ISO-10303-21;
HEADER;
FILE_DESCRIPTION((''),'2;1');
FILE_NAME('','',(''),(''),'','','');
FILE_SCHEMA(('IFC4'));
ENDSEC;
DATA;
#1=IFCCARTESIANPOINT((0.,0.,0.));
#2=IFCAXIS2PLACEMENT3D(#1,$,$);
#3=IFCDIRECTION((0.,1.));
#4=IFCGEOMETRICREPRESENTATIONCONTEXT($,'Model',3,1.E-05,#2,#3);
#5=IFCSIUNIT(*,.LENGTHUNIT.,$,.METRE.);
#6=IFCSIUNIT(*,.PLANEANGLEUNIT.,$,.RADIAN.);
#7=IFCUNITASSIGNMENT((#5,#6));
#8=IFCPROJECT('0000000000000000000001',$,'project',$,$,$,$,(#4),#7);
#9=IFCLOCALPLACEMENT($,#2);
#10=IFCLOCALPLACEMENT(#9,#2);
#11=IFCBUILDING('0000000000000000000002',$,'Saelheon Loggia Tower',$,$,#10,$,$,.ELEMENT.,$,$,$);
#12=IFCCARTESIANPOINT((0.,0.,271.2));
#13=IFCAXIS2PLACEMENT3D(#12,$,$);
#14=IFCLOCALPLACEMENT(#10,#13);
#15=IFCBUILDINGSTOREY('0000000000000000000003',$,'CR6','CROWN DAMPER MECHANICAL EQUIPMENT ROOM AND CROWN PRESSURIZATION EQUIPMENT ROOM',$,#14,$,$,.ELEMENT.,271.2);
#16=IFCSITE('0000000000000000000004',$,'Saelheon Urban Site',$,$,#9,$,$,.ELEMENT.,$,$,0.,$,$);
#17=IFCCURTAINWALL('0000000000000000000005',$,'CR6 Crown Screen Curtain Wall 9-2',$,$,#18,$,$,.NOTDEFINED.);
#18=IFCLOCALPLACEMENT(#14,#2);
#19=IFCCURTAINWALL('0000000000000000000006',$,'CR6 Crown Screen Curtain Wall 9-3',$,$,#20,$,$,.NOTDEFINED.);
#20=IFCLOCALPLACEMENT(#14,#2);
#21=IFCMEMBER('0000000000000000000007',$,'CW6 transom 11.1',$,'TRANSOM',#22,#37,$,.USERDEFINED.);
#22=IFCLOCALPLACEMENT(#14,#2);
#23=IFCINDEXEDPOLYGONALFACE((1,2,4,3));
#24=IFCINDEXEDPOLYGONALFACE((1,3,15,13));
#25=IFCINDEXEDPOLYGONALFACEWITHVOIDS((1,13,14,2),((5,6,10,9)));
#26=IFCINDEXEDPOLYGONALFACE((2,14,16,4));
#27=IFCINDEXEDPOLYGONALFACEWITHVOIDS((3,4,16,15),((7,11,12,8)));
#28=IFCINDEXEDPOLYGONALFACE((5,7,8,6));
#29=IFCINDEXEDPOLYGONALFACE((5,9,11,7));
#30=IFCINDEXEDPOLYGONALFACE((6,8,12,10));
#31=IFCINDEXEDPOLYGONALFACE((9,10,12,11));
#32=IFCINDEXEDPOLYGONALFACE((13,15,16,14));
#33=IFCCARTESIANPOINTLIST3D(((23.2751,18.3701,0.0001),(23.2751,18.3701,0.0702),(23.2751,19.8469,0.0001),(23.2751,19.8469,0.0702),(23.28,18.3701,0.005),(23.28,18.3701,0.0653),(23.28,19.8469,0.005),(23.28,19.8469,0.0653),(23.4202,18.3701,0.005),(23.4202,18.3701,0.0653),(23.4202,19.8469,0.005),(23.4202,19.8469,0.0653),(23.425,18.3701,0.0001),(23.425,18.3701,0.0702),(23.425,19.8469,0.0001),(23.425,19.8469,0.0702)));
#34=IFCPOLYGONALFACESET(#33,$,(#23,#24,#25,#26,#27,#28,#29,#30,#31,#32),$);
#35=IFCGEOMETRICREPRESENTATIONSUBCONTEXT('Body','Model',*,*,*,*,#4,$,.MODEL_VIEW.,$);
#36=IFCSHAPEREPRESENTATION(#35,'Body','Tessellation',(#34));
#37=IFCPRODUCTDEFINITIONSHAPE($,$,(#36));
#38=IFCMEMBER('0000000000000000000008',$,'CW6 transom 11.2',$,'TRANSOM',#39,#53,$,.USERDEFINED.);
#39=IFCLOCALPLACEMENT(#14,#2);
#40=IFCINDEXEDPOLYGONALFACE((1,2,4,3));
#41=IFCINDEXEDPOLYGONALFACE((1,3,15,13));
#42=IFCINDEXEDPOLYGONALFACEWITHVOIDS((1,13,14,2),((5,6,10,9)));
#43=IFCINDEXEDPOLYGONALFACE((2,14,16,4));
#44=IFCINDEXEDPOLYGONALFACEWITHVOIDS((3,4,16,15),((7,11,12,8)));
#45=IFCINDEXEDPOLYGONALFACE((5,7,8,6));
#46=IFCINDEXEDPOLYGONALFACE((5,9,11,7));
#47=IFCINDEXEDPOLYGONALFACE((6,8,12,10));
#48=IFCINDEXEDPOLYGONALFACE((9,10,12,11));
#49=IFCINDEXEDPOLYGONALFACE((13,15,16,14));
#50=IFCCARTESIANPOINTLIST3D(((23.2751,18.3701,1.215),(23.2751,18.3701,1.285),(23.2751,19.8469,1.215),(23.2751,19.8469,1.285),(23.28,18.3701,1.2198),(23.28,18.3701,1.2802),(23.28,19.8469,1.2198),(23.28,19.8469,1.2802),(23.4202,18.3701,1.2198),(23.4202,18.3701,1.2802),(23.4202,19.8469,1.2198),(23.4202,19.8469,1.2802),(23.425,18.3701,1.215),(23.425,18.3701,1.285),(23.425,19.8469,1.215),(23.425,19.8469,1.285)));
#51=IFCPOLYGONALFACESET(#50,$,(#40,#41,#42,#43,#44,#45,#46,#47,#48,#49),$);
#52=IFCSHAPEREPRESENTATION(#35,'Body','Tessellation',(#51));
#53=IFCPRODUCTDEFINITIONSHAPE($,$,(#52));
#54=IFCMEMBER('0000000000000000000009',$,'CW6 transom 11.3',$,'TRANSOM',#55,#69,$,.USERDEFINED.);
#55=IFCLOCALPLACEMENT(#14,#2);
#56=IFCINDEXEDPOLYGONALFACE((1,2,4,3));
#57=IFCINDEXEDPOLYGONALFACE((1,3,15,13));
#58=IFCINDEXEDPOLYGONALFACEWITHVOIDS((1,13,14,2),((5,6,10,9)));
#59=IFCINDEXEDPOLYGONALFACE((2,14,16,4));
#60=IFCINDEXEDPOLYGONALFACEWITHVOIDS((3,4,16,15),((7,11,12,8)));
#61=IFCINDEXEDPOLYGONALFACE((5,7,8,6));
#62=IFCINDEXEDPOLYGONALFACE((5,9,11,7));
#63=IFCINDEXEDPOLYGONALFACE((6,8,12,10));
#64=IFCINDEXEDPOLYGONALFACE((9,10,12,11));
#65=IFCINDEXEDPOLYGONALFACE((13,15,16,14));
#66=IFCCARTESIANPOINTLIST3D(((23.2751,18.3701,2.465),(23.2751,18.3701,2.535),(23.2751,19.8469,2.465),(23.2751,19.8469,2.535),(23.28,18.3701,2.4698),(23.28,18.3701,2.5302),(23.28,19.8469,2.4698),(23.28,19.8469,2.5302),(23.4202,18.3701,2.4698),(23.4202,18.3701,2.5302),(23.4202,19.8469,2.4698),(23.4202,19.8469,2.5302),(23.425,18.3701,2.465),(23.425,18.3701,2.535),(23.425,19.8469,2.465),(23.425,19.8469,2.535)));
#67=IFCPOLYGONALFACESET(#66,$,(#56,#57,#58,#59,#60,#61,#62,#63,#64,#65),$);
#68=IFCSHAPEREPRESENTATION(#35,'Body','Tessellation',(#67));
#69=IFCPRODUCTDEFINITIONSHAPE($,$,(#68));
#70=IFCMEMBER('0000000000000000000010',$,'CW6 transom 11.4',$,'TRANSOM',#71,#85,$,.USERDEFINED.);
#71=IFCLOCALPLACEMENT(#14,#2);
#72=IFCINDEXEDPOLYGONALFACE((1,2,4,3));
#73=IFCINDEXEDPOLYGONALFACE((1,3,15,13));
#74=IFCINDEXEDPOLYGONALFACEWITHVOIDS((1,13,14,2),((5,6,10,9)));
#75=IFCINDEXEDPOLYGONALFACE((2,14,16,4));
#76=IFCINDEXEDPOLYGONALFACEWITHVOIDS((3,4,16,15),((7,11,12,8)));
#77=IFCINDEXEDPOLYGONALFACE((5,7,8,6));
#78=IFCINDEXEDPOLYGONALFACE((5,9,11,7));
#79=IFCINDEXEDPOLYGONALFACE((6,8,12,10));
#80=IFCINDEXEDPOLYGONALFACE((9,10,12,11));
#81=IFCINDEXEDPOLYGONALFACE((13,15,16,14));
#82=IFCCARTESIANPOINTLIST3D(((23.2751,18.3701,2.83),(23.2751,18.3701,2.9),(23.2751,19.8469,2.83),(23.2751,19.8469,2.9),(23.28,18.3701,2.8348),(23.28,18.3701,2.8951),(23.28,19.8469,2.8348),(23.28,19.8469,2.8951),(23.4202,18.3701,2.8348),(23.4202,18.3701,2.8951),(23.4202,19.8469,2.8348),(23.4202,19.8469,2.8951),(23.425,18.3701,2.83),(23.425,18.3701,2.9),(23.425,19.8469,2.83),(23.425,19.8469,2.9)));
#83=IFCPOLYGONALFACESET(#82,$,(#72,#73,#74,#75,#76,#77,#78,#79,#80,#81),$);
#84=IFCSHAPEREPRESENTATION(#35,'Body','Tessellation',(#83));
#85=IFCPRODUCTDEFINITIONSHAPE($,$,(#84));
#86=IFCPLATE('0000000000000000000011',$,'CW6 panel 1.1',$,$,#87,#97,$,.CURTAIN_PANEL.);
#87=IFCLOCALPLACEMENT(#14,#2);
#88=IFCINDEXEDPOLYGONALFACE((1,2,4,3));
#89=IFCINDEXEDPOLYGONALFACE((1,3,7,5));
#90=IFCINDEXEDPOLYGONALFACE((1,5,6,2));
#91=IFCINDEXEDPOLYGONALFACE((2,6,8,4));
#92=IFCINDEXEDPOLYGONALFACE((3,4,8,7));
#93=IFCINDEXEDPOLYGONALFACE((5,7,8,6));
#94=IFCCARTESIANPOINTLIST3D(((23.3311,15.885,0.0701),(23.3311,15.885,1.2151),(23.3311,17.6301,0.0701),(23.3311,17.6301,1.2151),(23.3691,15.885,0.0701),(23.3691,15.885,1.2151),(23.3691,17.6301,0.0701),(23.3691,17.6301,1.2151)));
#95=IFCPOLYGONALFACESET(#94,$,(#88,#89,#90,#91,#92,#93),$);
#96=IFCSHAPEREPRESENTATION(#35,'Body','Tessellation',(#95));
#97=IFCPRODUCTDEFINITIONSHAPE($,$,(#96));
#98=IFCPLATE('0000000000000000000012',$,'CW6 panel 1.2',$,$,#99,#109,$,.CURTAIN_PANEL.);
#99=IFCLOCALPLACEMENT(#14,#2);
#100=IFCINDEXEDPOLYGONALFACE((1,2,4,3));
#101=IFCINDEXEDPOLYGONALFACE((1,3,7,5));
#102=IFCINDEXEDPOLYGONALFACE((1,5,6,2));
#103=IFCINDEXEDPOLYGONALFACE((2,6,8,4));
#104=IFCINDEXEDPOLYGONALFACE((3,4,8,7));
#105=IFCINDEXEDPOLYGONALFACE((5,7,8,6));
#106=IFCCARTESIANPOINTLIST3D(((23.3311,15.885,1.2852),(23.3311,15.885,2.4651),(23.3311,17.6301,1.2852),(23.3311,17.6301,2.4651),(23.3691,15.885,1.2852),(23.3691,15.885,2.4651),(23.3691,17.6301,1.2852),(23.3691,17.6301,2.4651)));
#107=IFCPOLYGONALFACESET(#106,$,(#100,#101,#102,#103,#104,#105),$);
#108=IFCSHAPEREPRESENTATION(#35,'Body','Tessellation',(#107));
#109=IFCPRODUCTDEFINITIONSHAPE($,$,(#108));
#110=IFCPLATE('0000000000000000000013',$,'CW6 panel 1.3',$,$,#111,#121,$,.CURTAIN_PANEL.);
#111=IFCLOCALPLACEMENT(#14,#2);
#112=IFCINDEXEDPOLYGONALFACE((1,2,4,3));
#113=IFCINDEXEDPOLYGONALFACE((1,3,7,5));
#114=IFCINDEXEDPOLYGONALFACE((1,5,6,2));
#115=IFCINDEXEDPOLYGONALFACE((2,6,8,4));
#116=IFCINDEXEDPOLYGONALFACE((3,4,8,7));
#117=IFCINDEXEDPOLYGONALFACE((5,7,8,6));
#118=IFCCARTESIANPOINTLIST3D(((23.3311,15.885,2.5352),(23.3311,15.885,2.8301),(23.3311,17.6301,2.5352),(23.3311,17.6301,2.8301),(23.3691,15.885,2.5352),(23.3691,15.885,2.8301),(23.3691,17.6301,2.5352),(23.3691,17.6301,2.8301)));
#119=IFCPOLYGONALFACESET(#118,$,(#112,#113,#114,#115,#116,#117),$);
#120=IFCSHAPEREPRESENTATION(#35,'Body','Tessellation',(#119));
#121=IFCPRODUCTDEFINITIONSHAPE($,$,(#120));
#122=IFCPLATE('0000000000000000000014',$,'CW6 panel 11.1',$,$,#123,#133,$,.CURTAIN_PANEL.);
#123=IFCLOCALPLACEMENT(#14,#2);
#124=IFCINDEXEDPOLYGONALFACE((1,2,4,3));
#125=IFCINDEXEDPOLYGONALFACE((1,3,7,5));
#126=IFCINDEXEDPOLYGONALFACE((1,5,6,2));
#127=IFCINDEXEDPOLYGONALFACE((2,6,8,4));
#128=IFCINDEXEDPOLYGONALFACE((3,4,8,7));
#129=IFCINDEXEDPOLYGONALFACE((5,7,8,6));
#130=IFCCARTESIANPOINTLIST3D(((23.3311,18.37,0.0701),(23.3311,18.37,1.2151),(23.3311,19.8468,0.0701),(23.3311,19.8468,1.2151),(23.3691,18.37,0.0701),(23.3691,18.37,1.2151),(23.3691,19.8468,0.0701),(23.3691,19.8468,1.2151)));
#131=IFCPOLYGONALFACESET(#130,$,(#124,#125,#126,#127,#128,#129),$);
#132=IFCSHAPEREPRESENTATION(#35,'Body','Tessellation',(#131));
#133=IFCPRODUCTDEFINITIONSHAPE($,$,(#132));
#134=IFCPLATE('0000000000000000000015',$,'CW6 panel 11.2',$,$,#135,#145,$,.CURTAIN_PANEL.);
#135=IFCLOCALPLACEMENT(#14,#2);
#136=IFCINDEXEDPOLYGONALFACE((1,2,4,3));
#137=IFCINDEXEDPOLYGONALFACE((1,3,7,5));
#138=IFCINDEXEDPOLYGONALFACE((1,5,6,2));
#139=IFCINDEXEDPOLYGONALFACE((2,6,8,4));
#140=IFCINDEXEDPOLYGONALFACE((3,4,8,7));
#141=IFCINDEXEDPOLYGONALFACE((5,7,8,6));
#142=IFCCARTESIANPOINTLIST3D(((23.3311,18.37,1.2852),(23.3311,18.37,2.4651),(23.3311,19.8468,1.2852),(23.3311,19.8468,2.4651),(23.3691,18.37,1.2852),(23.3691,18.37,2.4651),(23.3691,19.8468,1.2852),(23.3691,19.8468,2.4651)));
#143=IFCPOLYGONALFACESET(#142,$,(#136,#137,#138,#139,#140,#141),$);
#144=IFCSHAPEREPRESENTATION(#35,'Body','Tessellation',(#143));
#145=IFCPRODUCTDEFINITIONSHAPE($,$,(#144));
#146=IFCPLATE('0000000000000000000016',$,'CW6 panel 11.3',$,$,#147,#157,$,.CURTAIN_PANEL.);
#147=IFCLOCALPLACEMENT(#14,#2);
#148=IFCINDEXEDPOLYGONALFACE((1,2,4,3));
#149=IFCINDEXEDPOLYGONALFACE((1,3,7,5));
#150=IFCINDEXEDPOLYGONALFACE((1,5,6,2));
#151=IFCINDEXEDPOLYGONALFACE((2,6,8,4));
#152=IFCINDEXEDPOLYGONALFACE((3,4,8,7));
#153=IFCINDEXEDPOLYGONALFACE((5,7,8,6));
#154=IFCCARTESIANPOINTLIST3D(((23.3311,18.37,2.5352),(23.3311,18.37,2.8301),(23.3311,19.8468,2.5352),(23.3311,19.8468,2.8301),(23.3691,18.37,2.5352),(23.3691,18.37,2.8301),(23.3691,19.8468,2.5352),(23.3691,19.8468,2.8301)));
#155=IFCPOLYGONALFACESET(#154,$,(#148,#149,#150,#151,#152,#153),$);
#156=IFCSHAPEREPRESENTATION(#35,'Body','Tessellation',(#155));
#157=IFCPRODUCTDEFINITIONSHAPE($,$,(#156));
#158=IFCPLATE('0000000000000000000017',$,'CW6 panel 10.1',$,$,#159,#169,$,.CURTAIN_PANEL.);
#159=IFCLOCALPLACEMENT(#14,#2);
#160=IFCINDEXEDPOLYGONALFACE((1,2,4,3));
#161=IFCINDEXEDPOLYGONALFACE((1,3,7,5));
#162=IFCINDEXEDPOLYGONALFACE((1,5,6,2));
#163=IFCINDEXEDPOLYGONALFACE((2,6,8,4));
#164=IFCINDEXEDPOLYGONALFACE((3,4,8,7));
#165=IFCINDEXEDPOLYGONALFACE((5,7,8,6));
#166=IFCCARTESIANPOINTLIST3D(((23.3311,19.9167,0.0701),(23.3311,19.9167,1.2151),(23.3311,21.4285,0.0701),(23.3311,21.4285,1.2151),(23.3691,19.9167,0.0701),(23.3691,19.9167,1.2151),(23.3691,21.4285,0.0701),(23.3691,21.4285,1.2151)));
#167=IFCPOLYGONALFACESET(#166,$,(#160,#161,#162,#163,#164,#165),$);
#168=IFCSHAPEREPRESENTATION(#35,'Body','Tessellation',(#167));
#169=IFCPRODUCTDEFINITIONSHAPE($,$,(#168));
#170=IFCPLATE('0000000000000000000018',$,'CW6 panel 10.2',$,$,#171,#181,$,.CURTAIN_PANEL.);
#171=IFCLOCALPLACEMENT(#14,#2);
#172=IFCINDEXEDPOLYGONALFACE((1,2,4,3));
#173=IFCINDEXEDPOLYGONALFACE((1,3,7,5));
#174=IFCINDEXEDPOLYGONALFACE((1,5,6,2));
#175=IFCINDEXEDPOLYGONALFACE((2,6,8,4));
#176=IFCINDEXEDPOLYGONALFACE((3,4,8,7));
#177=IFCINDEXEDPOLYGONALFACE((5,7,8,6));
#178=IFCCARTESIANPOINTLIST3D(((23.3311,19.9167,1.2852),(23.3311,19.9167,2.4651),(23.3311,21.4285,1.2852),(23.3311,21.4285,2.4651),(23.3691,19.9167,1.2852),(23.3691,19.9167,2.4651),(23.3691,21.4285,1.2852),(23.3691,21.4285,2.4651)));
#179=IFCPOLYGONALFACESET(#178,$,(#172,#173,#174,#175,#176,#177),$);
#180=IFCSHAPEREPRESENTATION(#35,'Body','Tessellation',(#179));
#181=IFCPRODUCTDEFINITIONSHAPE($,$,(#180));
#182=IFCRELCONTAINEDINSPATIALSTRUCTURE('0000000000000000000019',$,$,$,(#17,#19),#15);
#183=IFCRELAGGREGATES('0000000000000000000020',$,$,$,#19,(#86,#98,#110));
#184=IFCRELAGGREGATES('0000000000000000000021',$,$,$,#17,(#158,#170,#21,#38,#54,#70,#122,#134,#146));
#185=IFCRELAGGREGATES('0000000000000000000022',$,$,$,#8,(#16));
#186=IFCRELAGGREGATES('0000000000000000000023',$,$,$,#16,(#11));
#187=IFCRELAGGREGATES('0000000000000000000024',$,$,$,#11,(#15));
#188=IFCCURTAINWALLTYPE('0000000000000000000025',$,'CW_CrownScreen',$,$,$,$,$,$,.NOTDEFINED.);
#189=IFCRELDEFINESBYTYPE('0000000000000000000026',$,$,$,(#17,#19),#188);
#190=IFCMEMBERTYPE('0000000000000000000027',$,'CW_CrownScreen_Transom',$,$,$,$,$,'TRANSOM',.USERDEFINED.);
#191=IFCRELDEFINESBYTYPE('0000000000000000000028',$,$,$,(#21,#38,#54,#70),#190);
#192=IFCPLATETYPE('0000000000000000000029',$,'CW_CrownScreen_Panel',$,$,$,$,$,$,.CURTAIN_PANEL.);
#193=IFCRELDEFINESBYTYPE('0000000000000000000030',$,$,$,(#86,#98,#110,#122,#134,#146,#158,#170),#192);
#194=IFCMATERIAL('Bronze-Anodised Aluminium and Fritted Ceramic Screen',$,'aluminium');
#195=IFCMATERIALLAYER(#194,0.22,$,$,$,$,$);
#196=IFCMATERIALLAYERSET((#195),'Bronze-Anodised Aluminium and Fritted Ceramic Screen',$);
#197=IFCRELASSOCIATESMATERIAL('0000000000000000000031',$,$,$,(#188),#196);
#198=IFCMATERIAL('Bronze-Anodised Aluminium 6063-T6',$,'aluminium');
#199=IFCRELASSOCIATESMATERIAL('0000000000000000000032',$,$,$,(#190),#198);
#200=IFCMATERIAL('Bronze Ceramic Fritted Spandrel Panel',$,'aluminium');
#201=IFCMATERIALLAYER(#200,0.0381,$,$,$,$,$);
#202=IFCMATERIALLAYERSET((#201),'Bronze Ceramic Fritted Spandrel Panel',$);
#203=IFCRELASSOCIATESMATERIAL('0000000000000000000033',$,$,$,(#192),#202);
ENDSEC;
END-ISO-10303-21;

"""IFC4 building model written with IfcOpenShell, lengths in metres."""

from ifc_helpers import new_model, si_unit, direction, frame, origin, origin_2d, place, context, subcontext, project, spatial, rectangle, hollow_rectangle, extrude, source, transform, mapped, material, layer, layer_set, material_profile, profile_set, type_object, element, aggregate, save


model = new_model("IFC4")

# Units and contexts
model_context = context("Model", 3, precision=1e-05, world=origin(), true_north=direction((0.0, 1.0)))
body_context = subcontext(model_context, "Body", "Model", "MODEL_VIEW")
ifc_project = project(units=[si_unit("LENGTHUNIT", "METRE"), si_unit("PLANEANGLEUNIT", "RADIAN")], contexts=[model_context])

# Site, building, storey
site_placement = place(None, origin())
site = spatial("IfcSite", under=ifc_project, at=site_placement, Name="Saelheon Urban Site", CompositionType="ELEMENT", RefElevation=0.0)
building_placement = place(site_placement, origin())
building = spatial("IfcBuilding", under=site, at=building_placement, Name="Saelheon Loggia Tower", CompositionType="ELEMENT")
storey_placement = place(building_placement, frame((0.0, 0.0, 271.2)))
storey = spatial("IfcBuildingStorey", under=building, at=storey_placement, Name="CR6", Description="CROWN DAMPER MECHANICAL EQUIPMENT ROOM AND CROWN PRESSURIZATION EQUIPMENT ROOM", CompositionType="ELEMENT", Elevation=271.2)

# Curtain walls
ifc_material_1 = material(Name="Bronze-Anodised Aluminium and Fritted Ceramic Screen", Category="aluminium")
ifc_layer_1 = layer(ifc_material_1, 0.22)
ifc_layer_set_1 = layer_set([ifc_layer_1], Name="Bronze-Anodised Aluminium and Fritted Ceramic Screen")
curtain_wall_type = type_object("IfcCurtainWallType", Name="CW_CrownScreen", PredefinedType="NOTDEFINED", material=ifc_layer_set_1)
curtain_wall_1_placement = place(storey_placement, origin())
curtain_wall_1 = element("IfcCurtainWall", 1, at=curtain_wall_1_placement, inside=storey, type_object=curtain_wall_type, Name="CR6 Crown Screen Curtain Wall 9-2", PredefinedType="NOTDEFINED")
ifc_material_2 = material(Name="Bronze-Anodised Aluminium 6063-T6", Category="aluminium")
curtain_wall_2_placement = place(storey_placement, origin())
curtain_wall_2 = element("IfcCurtainWall", 2, at=curtain_wall_2_placement, inside=storey, type_object=curtain_wall_type, Name="CR6 Crown Screen Curtain Wall 9-3", PredefinedType="NOTDEFINED")
ifc_material_profile_1 = material_profile(ifc_material_2, hollow_rectangle(XDim=0.0701, YDim=0.1499, WallThickness=0.0049, at=origin_2d()), Name="RHS-150x70x5")
ifc_profile_set_1 = profile_set([ifc_material_profile_1], Name="Bronze-Anodised Aluminium 6063-T6")
member_type_1 = type_object("IfcMemberType", Name="CW_CrownScreen_Transom", ElementType="TRANSOM", PredefinedType="USERDEFINED", material=ifc_profile_set_1)

# Members
shared_shape_1 = source(origin(), body_context, "Body", "SweptSolid", [
    extrude(hollow_rectangle(XDim=0.0701, YDim=0.1499, WallThickness=0.0049, at=origin_2d()), origin(), (0.0, 0.0, 1.0), 1.4768),
])
member_1_placement = place(storey_placement, frame((23.3501, 19.8469, 0.0352), z_axis=(0.0, -1.0, 0.0), x_axis=(0.0, 0.0, 1.0)))
member_1 = element("IfcMember", 3, at=member_1_placement, type_object=member_type_1, Name="CW6 transom 11.1", ObjectType="TRANSOM", PredefinedType="USERDEFINED", context=body_context, shape_type="MappedRepresentation", body=[
    mapped(shared_shape_1, transform((0.0, 0.0, 0.0), scale=1.0)),
])
member_2_placement = place(storey_placement, frame((23.3501, 19.8469, 1.25), z_axis=(0.0, -1.0, 0.0), x_axis=(0.0, 0.0, 1.0)))
member_2 = element("IfcMember", 4, at=member_2_placement, type_object=member_type_1, Name="CW6 transom 11.2", ObjectType="TRANSOM", PredefinedType="USERDEFINED", context=body_context, shape_type="MappedRepresentation", body=[
    mapped(shared_shape_1, transform((0.0, 0.0, 0.0), scale=1.0)),
])
member_3_placement = place(storey_placement, frame((23.3501, 19.8469, 2.5), z_axis=(0.0, -1.0, 0.0), x_axis=(0.0, 0.0, 1.0)))
member_3 = element("IfcMember", 5, at=member_3_placement, type_object=member_type_1, Name="CW6 transom 11.3", ObjectType="TRANSOM", PredefinedType="USERDEFINED", context=body_context, shape_type="MappedRepresentation", body=[
    mapped(shared_shape_1, transform((0.0, 0.0, 0.0), scale=1.0)),
])
member_4_placement = place(storey_placement, frame((23.3501, 19.8469, 2.865), z_axis=(0.0, -1.0, 0.0), x_axis=(0.0, 0.0, 1.0)))
member_4 = element("IfcMember", 6, at=member_4_placement, type_object=member_type_1, Name="CW6 transom 11.4", ObjectType="TRANSOM", PredefinedType="USERDEFINED", context=body_context, shape_type="MappedRepresentation", body=[
    mapped(shared_shape_1, transform((0.0, 0.0, 0.0), scale=1.0)),
])

# Plates
ifc_material_3 = material(Name="Bronze Ceramic Fritted Spandrel Panel", Category="aluminium")
ifc_layer_2 = layer(ifc_material_3, 0.0381)
ifc_layer_set_2 = layer_set([ifc_layer_2], Name="Bronze Ceramic Fritted Spandrel Panel")
plate_type = type_object("IfcPlateType", Name="CW_CrownScreen_Panel", PredefinedType="CURTAIN_PANEL", material=ifc_layer_set_2)
shared_shape_2 = source(origin(), body_context, "Body", "SweptSolid", [
    extrude(rectangle(XDim=1.7451, YDim=0.0381, at=origin_2d()), origin(), (0.0, 0.0, 1.0), 1.145),
])
plate_1_placement = place(storey_placement, frame((23.3501, 16.7576, 0.0701), z_axis=(0.0, 0.0, 1.0), x_axis=(0.0, -1.0, 0.0)))
plate_1 = element("IfcPlate", 7, at=plate_1_placement, type_object=plate_type, Name="CW6 panel 1.1", PredefinedType="CURTAIN_PANEL", context=body_context, shape_type="MappedRepresentation", body=[
    mapped(shared_shape_2, transform((0.0, 0.0, 0.0), scale=1.0)),
])
shared_shape_3 = source(origin(), body_context, "Body", "SweptSolid", [
    extrude(rectangle(XDim=1.7451, YDim=0.0381, at=origin_2d()), origin(), (0.0, 0.0, 1.0), 1.1799),
])
plate_2_placement = place(storey_placement, frame((23.3501, 16.7576, 1.2852), z_axis=(0.0, 0.0, 1.0), x_axis=(0.0, -1.0, 0.0)))
plate_2 = element("IfcPlate", 8, at=plate_2_placement, type_object=plate_type, Name="CW6 panel 1.2", PredefinedType="CURTAIN_PANEL", context=body_context, shape_type="MappedRepresentation", body=[
    mapped(shared_shape_3, transform((0.0, 0.0, 0.0), scale=1.0)),
])
shared_shape_4 = source(origin(), body_context, "Body", "SweptSolid", [
    extrude(rectangle(XDim=1.7451, YDim=0.0381, at=origin_2d()), origin(), (0.0, 0.0, 1.0), 0.2949),
])
plate_3_placement = place(storey_placement, frame((23.3501, 16.7576, 2.5352), z_axis=(0.0, 0.0, 1.0), x_axis=(0.0, -1.0, 0.0)))
plate_3 = element("IfcPlate", 9, at=plate_3_placement, type_object=plate_type, Name="CW6 panel 1.3", PredefinedType="CURTAIN_PANEL", context=body_context, shape_type="MappedRepresentation", body=[
    mapped(shared_shape_4, transform((0.0, 0.0, 0.0), scale=1.0)),
])
aggregate(curtain_wall_2, [plate_1, plate_2, plate_3])
shared_shape_5 = source(origin(), body_context, "Body", "SweptSolid", [
    extrude(rectangle(XDim=1.4768, YDim=0.0381, at=origin_2d()), origin(), (0.0, 0.0, 1.0), 1.145),
])
plate_4_placement = place(storey_placement, frame((23.3501, 19.1084, 0.0701), z_axis=(0.0, 0.0, 1.0), x_axis=(0.0, -1.0, 0.0)))
plate_4 = element("IfcPlate", 10, at=plate_4_placement, type_object=plate_type, Name="CW6 panel 11.1", PredefinedType="CURTAIN_PANEL", context=body_context, shape_type="MappedRepresentation", body=[
    mapped(shared_shape_5, transform((0.0, 0.0, 0.0), scale=1.0)),
])
shared_shape_6 = source(origin(), body_context, "Body", "SweptSolid", [
    extrude(rectangle(XDim=1.4768, YDim=0.0381, at=origin_2d()), origin(), (0.0, 0.0, 1.0), 1.1799),
])
plate_5_placement = place(storey_placement, frame((23.3501, 19.1084, 1.2852), z_axis=(0.0, 0.0, 1.0), x_axis=(0.0, -1.0, 0.0)))
plate_5 = element("IfcPlate", 11, at=plate_5_placement, type_object=plate_type, Name="CW6 panel 11.2", PredefinedType="CURTAIN_PANEL", context=body_context, shape_type="MappedRepresentation", body=[
    mapped(shared_shape_6, transform((0.0, 0.0, 0.0), scale=1.0)),
])
shared_shape_7 = source(origin(), body_context, "Body", "SweptSolid", [
    extrude(rectangle(XDim=1.4768, YDim=0.0381, at=origin_2d()), origin(), (0.0, 0.0, 1.0), 0.2949),
])
plate_6_placement = place(storey_placement, frame((23.3501, 19.1084, 2.5352), z_axis=(0.0, 0.0, 1.0), x_axis=(0.0, -1.0, 0.0)))
plate_6 = element("IfcPlate", 12, at=plate_6_placement, type_object=plate_type, Name="CW6 panel 11.3", PredefinedType="CURTAIN_PANEL", context=body_context, shape_type="MappedRepresentation", body=[
    mapped(shared_shape_7, transform((0.0, 0.0, 0.0), scale=1.0)),
])
shared_shape_8 = source(origin(), body_context, "Body", "SweptSolid", [
    extrude(rectangle(XDim=1.5117, YDim=0.0381, at=origin_2d()), origin(), (0.0, 0.0, 1.0), 1.145),
])
plate_7_placement = place(storey_placement, frame((23.3501, 20.6726, 0.0701), z_axis=(0.0, 0.0, 1.0), x_axis=(0.0, -1.0, 0.0)))
plate_7 = element("IfcPlate", 13, at=plate_7_placement, type_object=plate_type, Name="CW6 panel 10.1", PredefinedType="CURTAIN_PANEL", context=body_context, shape_type="MappedRepresentation", body=[
    mapped(shared_shape_8, transform((0.0, 0.0, 0.0), scale=1.0)),
])
shared_shape_9 = source(origin(), body_context, "Body", "SweptSolid", [
    extrude(rectangle(XDim=1.5117, YDim=0.0381, at=origin_2d()), origin(), (0.0, 0.0, 1.0), 1.1799),
])
plate_8_placement = place(storey_placement, frame((23.3501, 20.6726, 1.2852), z_axis=(0.0, 0.0, 1.0), x_axis=(0.0, -1.0, 0.0)))
plate_8 = element("IfcPlate", 14, at=plate_8_placement, type_object=plate_type, Name="CW6 panel 10.2", PredefinedType="CURTAIN_PANEL", context=body_context, shape_type="MappedRepresentation", body=[
    mapped(shared_shape_9, transform((0.0, 0.0, 0.0), scale=1.0)),
])
aggregate(curtain_wall_1, [plate_7, plate_8, member_1, member_2, member_3, member_4, plate_4, plate_5, plate_6])

save(model, "model.ifc")
